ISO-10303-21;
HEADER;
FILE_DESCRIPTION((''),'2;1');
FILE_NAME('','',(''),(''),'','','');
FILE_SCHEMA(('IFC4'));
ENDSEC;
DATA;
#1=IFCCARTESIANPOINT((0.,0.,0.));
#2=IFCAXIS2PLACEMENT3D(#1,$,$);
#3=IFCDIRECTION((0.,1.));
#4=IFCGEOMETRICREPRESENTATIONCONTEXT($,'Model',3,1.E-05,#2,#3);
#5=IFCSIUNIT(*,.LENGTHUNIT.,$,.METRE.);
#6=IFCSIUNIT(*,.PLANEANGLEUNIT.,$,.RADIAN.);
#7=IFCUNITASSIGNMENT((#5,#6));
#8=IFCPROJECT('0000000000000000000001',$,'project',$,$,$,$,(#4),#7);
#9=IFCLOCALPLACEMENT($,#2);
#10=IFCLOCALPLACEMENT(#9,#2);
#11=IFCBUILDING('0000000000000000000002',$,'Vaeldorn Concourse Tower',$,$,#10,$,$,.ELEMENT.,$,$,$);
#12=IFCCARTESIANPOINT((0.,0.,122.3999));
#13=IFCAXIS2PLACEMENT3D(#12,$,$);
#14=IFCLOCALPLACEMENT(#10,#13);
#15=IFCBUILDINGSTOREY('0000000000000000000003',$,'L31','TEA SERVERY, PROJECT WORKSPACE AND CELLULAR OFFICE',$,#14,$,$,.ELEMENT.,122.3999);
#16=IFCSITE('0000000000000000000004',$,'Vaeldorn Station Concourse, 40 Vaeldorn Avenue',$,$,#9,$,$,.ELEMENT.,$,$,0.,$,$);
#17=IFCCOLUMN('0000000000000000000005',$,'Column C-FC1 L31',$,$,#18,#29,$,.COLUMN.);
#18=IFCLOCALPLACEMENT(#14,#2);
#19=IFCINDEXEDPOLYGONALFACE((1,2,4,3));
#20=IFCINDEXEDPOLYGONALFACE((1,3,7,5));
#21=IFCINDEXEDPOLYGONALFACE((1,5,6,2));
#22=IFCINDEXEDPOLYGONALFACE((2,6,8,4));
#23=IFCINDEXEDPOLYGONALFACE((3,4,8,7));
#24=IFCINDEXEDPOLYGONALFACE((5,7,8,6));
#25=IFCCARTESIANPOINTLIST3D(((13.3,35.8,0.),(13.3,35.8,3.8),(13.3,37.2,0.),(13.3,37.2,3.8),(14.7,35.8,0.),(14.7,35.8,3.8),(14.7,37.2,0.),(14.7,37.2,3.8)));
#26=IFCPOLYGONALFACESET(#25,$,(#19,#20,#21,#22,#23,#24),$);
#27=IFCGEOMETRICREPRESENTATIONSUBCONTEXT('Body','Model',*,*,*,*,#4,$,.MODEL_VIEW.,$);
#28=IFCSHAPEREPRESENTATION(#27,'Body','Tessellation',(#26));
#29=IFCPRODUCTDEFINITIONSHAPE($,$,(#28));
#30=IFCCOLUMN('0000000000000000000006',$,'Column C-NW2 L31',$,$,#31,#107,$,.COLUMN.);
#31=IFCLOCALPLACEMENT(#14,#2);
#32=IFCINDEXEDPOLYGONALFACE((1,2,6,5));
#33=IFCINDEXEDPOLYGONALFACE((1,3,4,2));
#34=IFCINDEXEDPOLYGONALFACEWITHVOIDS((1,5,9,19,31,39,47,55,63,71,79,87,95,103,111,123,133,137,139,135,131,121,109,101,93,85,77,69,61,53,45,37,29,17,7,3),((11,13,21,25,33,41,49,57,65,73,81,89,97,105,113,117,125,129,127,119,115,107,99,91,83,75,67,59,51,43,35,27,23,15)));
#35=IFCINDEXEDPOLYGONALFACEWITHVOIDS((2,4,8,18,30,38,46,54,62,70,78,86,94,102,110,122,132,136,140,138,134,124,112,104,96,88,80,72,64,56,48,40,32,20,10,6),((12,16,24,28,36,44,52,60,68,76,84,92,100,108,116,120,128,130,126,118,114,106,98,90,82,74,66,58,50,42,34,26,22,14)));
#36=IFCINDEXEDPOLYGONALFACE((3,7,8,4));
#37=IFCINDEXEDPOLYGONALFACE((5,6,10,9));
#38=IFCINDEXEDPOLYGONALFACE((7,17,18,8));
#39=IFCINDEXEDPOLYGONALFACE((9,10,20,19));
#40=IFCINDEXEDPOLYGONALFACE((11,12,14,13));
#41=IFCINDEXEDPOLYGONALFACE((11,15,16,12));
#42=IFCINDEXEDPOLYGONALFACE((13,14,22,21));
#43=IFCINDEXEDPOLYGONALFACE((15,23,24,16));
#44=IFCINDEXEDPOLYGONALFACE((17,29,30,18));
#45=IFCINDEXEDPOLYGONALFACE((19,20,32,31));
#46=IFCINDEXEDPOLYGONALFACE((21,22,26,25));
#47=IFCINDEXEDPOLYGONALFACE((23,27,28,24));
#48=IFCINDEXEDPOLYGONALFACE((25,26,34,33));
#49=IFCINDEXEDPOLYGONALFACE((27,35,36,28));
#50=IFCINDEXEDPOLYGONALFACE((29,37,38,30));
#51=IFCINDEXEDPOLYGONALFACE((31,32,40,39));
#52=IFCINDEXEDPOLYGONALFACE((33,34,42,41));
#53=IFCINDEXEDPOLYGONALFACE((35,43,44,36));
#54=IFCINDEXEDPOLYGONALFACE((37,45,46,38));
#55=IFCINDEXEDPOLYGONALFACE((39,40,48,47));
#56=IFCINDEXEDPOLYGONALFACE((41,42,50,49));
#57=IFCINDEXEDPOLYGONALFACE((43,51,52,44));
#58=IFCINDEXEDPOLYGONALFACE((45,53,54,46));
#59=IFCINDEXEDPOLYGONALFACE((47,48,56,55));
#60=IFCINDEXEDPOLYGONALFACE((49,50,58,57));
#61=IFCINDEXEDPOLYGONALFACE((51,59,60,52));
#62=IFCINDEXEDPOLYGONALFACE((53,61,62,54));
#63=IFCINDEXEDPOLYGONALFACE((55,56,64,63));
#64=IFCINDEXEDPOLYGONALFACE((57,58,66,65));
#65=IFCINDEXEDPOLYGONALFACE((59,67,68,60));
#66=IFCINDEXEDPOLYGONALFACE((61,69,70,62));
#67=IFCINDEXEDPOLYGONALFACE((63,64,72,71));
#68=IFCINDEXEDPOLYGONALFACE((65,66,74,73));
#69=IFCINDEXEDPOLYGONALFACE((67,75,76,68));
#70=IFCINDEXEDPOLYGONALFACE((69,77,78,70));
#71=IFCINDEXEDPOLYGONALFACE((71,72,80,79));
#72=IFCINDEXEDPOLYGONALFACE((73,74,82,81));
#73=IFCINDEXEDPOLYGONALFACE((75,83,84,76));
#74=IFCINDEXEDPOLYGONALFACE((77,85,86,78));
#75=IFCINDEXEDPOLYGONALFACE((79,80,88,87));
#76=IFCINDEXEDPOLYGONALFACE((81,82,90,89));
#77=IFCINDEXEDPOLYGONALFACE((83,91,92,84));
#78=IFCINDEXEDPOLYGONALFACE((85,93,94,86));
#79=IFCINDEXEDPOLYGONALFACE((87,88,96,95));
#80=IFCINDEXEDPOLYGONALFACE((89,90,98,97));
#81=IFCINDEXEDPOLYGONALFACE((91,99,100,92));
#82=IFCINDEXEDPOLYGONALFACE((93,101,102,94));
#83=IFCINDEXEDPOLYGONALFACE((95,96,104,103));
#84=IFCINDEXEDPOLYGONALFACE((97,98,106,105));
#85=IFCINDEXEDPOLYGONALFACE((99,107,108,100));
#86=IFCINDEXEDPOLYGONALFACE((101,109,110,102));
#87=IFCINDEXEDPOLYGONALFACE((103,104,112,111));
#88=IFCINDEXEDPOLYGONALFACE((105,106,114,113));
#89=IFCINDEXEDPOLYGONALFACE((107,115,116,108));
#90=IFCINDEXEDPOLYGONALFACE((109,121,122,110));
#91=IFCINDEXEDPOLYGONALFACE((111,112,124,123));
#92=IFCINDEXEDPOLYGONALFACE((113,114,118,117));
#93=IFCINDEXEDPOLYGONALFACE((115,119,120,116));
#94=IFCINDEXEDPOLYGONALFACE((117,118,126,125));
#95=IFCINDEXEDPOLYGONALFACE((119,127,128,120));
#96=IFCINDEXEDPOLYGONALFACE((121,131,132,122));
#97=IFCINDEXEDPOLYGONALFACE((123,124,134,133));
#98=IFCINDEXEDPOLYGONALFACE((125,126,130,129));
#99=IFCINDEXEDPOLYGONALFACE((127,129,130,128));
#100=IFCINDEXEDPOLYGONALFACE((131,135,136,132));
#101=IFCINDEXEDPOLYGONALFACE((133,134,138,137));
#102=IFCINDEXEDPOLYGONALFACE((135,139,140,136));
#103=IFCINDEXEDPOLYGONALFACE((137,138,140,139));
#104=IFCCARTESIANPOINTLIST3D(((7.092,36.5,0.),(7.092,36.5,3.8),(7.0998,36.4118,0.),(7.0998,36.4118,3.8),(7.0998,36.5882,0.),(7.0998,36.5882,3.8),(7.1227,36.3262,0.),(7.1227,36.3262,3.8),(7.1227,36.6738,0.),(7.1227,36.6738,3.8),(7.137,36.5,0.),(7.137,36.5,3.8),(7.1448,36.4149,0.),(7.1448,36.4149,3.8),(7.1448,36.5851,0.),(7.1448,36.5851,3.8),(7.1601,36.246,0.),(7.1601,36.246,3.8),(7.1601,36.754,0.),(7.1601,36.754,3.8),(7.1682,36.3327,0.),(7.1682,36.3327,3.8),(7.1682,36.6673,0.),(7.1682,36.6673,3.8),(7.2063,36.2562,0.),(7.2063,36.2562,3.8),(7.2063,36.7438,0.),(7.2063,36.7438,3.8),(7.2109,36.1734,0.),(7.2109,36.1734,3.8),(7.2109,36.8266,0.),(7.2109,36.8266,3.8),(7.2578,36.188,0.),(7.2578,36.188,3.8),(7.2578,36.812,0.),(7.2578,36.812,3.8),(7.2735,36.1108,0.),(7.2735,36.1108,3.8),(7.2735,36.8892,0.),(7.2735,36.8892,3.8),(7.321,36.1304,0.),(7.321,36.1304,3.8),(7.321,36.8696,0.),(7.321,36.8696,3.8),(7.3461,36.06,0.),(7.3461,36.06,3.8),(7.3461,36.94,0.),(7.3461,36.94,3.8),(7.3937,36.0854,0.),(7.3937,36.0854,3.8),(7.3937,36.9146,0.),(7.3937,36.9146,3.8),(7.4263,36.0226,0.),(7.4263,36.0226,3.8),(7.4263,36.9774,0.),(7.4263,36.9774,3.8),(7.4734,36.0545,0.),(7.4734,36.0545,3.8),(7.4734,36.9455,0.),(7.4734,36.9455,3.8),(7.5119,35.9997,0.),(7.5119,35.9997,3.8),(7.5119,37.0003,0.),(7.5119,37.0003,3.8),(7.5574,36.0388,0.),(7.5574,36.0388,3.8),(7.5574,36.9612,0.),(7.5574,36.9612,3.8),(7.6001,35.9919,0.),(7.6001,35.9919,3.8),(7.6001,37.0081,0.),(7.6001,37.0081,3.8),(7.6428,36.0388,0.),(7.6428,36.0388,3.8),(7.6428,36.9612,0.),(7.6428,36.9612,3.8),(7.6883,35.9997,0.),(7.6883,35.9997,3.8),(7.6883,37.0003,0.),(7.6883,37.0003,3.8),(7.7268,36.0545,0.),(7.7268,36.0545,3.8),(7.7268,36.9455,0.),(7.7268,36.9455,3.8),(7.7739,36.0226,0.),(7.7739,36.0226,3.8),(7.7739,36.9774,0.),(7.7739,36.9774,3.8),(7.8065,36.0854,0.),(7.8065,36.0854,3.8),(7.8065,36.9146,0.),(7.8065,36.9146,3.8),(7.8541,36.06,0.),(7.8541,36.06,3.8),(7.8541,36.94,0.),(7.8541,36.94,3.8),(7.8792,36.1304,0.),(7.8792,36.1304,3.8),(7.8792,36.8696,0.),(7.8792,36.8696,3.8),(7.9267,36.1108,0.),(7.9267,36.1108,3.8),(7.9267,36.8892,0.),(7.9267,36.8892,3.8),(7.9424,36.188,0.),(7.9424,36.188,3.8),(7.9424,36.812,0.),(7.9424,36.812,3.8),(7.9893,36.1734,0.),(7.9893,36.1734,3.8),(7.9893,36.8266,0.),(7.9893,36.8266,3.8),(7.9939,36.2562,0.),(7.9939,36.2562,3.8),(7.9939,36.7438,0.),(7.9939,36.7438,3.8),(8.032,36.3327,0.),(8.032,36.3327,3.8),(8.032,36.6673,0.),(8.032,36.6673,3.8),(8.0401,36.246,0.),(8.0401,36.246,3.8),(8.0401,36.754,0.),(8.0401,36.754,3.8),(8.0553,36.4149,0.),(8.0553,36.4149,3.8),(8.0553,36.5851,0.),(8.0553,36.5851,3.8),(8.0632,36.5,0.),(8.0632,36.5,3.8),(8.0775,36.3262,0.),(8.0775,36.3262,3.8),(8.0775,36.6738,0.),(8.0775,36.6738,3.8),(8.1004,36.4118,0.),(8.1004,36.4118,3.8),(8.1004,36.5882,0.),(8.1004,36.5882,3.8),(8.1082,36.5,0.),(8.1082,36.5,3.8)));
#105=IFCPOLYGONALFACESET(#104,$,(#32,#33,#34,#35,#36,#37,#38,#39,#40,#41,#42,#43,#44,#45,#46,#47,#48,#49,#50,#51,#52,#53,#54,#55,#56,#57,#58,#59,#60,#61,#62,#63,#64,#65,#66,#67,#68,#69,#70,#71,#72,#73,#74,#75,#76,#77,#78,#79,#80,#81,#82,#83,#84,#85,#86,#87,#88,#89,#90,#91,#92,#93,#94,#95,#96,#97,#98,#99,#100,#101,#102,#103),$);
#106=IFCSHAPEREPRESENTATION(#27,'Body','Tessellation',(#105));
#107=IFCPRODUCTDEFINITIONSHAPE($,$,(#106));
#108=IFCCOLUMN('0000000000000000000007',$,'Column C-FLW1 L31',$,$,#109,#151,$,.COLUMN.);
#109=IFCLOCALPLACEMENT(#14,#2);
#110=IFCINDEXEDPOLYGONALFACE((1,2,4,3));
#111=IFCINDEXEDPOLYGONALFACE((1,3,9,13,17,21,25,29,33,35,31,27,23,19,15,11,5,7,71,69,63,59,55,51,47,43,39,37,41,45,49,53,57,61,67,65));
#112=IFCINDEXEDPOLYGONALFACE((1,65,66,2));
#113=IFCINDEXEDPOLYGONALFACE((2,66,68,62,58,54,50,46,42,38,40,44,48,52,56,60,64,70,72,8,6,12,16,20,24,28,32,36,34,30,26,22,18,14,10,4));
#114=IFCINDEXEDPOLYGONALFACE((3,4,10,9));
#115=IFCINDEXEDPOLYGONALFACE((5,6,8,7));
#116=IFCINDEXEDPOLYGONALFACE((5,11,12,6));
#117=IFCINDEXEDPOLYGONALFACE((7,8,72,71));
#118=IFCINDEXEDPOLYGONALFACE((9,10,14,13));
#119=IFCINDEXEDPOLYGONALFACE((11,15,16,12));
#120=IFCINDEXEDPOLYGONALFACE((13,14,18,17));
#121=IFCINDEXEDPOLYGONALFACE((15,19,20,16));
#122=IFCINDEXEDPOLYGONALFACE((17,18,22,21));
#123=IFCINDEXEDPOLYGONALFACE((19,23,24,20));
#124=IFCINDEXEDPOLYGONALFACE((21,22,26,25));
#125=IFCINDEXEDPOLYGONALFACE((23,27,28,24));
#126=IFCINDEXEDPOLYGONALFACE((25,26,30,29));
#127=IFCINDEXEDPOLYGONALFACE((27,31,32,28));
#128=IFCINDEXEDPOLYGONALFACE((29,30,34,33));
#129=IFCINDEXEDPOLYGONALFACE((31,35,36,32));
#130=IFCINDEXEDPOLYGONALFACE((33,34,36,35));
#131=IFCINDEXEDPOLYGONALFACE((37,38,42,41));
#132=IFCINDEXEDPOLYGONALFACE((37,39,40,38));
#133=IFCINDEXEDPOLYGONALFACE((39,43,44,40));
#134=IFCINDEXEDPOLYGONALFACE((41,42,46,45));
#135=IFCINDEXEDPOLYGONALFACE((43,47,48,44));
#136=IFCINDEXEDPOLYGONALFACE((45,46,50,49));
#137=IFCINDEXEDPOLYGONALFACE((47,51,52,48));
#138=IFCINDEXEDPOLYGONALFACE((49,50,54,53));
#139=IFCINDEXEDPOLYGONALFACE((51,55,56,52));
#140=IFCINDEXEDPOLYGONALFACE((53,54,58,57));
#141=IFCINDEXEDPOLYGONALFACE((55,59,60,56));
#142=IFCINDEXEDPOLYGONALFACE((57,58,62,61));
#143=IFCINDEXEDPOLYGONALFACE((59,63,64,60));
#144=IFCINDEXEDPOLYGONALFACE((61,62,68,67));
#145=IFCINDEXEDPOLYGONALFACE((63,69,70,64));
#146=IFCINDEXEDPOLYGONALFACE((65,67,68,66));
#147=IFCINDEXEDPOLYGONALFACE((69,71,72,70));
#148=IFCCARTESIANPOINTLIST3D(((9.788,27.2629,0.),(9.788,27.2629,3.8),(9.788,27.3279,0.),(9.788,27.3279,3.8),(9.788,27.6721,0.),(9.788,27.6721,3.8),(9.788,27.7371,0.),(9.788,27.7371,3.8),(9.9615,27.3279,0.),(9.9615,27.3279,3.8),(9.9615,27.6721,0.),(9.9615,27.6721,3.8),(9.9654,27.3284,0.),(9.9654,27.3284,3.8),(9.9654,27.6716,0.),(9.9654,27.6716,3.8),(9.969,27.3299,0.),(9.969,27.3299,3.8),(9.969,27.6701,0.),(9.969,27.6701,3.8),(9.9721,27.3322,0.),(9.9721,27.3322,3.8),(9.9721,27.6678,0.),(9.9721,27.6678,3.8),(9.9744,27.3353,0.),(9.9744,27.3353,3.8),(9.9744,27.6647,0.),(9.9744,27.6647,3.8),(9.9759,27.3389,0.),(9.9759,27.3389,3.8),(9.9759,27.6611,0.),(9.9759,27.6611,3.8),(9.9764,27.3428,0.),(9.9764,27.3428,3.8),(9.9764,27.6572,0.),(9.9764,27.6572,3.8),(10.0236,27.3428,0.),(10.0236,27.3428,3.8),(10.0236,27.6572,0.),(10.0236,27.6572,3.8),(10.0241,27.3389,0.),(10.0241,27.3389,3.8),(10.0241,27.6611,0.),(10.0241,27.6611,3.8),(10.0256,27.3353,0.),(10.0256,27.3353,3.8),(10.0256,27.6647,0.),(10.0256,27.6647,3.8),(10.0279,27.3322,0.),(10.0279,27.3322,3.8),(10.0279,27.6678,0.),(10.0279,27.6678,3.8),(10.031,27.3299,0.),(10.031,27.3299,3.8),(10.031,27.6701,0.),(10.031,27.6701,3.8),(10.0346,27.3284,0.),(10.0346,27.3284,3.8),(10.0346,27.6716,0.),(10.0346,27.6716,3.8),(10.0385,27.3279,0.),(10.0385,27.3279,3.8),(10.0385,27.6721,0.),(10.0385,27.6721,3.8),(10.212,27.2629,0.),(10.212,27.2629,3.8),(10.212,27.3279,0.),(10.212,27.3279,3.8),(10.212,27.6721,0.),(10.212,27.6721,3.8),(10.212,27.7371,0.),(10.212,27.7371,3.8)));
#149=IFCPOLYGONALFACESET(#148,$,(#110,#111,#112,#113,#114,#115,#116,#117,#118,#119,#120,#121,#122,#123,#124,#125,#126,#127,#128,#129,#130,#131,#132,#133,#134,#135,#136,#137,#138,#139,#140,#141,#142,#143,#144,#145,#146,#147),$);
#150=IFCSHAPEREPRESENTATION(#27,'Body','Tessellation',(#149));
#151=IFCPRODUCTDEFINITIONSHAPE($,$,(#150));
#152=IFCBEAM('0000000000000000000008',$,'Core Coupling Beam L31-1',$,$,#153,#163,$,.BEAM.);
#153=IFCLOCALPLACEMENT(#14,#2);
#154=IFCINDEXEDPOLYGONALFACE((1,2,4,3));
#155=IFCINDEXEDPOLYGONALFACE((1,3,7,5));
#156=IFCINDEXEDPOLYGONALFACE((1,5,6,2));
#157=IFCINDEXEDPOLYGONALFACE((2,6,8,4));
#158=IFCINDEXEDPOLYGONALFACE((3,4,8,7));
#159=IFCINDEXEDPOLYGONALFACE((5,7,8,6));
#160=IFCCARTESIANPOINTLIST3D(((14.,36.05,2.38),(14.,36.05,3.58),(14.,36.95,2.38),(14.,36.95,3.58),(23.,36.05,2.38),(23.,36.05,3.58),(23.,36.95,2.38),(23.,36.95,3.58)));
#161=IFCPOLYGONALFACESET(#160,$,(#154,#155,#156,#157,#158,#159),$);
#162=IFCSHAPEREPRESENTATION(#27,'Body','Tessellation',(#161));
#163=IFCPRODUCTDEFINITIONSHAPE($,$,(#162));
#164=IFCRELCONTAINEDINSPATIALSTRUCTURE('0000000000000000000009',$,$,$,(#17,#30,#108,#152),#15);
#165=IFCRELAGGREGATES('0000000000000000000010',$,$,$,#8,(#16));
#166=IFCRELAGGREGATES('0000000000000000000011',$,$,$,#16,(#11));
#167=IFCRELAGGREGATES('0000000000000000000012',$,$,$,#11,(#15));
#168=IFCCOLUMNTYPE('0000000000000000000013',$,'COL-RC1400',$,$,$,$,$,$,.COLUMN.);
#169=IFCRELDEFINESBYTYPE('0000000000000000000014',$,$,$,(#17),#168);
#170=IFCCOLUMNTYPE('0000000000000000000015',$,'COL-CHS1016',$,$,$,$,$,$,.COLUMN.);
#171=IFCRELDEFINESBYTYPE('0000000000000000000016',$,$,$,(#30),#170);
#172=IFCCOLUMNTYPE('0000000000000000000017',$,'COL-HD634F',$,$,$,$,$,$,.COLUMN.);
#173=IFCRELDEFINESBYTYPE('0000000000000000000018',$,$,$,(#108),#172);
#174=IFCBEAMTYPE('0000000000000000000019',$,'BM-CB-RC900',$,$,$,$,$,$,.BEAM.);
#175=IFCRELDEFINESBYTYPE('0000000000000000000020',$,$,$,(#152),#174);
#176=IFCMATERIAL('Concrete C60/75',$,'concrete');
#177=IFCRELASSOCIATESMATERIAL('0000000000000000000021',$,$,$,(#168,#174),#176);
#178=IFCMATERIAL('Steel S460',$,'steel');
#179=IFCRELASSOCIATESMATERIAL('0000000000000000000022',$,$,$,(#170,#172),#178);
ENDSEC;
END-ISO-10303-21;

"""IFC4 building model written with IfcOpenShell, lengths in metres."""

from ifc_helpers import new_model, si_unit, direction, frame, origin, origin_2d, place, context, subcontext, project, spatial, rectangle, hollow_circle, i_section, extrude, source, transform, mapped, material, material_profile, profile_set, type_object, element, save


model = new_model("IFC4")

# Units and contexts
model_context = context("Model", 3, precision=1e-05, world=origin(), true_north=direction((0.0, 1.0)))
body_context = subcontext(model_context, "Body", "Model", "MODEL_VIEW")
ifc_project = project(units=[si_unit("LENGTHUNIT", "METRE"), si_unit("PLANEANGLEUNIT", "RADIAN")], contexts=[model_context])

# Site, building, storey
site_placement = place(None, origin())
site = spatial("IfcSite", under=ifc_project, at=site_placement, Name="Vaeldorn Station Concourse, 40 Vaeldorn Avenue", CompositionType="ELEMENT", RefElevation=0.0)
building_placement = place(site_placement, origin())
building = spatial("IfcBuilding", under=site, at=building_placement, Name="Vaeldorn Concourse Tower", CompositionType="ELEMENT")
storey_placement = place(building_placement, frame((0.0, 0.0, 122.3999)))
storey = spatial("IfcBuildingStorey", under=building, at=storey_placement, Name="L31", Description="TEA SERVERY, PROJECT WORKSPACE AND CELLULAR OFFICE", CompositionType="ELEMENT", Elevation=122.3999)

# Columns
ifc_material_1 = material(Name="Concrete C60/75", Category="concrete")
ifc_material_profile_1 = material_profile(ifc_material_1, rectangle(XDim=1.3999, YDim=1.3999, at=origin_2d()), Name="RC 1400x1400")
ifc_profile_set_1 = profile_set([ifc_material_profile_1], Name="Concrete C60/75")
column_type_1 = type_object("IfcColumnType", Name="COL-RC1400", PredefinedType="COLUMN", material=ifc_profile_set_1)
shared_shape_1 = source(origin(), body_context, "Body", "SweptSolid", [
    extrude(rectangle(XDim=1.3999, YDim=1.3999, at=origin_2d()), origin(), (0.0, 0.0, 1.0), 3.8),
])
column_1_placement = place(storey_placement, frame((14.0, 36.5, 0.0), z_axis=(0.0, 0.0, 1.0), x_axis=(1.0, 0.0, 0.0)))
element("IfcColumn", 1, at=column_1_placement, inside=storey, type_object=column_type_1, Name="Column C-FC1 L31", PredefinedType="COLUMN", context=body_context, shape_type="MappedRepresentation", body=[
    mapped(shared_shape_1, transform((0.0, 0.0, 0.0), scale=1.0)),
])
ifc_material_2 = material(Name="Steel S460", Category="steel")
ifc_material_profile_2 = material_profile(ifc_material_2, hollow_circle(Radius=0.5081, WallThickness=0.0449, at=origin_2d()), Name="CHS 1016x45")
ifc_profile_set_2 = profile_set([ifc_material_profile_2], Name="Steel S460")
column_type_2 = type_object("IfcColumnType", Name="COL-CHS1016", PredefinedType="COLUMN", material=ifc_profile_set_2)
shared_shape_2 = source(origin(), body_context, "Body", "SweptSolid", [
    extrude(hollow_circle(Radius=0.5081, WallThickness=0.0449, at=origin_2d()), origin(), (0.0, 0.0, 1.0), 3.8),
])
column_2_placement = place(storey_placement, frame((7.6001, 36.5, 0.0), z_axis=(0.0, 0.0, 1.0), x_axis=(1.0, 0.0, 0.0)))
element("IfcColumn", 2, at=column_2_placement, inside=storey, type_object=column_type_2, Name="Column C-NW2 L31", PredefinedType="COLUMN", context=body_context, shape_type="MappedRepresentation", body=[
    mapped(shared_shape_2, transform((0.0, 0.0, 0.0), scale=1.0)),
])
ifc_material_profile_3 = material_profile(ifc_material_2, i_section(OverallWidth=0.4241, OverallDepth=0.4741, WebThickness=0.0471, FlangeThickness=0.0649, FilletRadius=0.0149, at=origin_2d()), Name="HD 400x634")
ifc_profile_set_3 = profile_set([ifc_material_profile_3], Name="Steel S460")
column_type_3 = type_object("IfcColumnType", Name="COL-HD634F", PredefinedType="COLUMN", material=ifc_profile_set_3)
shared_shape_3 = source(origin(), body_context, "Body", "SweptSolid", [
    extrude(i_section(OverallWidth=0.4241, OverallDepth=0.4741, WebThickness=0.0471, FlangeThickness=0.0649, FilletRadius=0.0149, at=origin_2d()), origin(), (0.0, 0.0, 1.0), 3.8),
])
column_3_placement = place(storey_placement, frame((10.0, 27.5, 0.0), z_axis=(0.0, 0.0, 1.0), x_axis=(1.0, 0.0, 0.0)))
element("IfcColumn", 3, at=column_3_placement, inside=storey, type_object=column_type_3, Name="Column C-FLW1 L31", PredefinedType="COLUMN", context=body_context, shape_type="MappedRepresentation", body=[
    mapped(shared_shape_3, transform((0.0, 0.0, 0.0), scale=1.0)),
])

# Beam
ifc_material_profile_4 = material_profile(ifc_material_1, rectangle(XDim=0.8999, YDim=1.2, at=origin_2d()), Name="RC 900x1200")
ifc_profile_set_4 = profile_set([ifc_material_profile_4], Name="Concrete C60/75")
beam_type_1 = type_object("IfcBeamType", Name="BM-CB-RC900", PredefinedType="BEAM", material=ifc_profile_set_4)
shared_shape_4 = source(origin(), body_context, "Body", "SweptSolid", [
    extrude(rectangle(XDim=0.8999, YDim=1.2, at=origin_2d()), origin(), (0.0, 0.0, 1.0), 9.0),
])
beam_1_placement = place(storey_placement, frame((14.0, 36.5, 2.98), z_axis=(1.0, 0.0, 0.0), x_axis=(0.0, 1.0, 0.0)))
element("IfcBeam", 4, at=beam_1_placement, inside=storey, type_object=beam_type_1, Name="Core Coupling Beam L31-1", PredefinedType="BEAM", context=body_context, shape_type="MappedRepresentation", body=[
    mapped(shared_shape_4, transform((0.0, 0.0, 0.0), scale=1.0)),
])

save(model, "model.ifc")
